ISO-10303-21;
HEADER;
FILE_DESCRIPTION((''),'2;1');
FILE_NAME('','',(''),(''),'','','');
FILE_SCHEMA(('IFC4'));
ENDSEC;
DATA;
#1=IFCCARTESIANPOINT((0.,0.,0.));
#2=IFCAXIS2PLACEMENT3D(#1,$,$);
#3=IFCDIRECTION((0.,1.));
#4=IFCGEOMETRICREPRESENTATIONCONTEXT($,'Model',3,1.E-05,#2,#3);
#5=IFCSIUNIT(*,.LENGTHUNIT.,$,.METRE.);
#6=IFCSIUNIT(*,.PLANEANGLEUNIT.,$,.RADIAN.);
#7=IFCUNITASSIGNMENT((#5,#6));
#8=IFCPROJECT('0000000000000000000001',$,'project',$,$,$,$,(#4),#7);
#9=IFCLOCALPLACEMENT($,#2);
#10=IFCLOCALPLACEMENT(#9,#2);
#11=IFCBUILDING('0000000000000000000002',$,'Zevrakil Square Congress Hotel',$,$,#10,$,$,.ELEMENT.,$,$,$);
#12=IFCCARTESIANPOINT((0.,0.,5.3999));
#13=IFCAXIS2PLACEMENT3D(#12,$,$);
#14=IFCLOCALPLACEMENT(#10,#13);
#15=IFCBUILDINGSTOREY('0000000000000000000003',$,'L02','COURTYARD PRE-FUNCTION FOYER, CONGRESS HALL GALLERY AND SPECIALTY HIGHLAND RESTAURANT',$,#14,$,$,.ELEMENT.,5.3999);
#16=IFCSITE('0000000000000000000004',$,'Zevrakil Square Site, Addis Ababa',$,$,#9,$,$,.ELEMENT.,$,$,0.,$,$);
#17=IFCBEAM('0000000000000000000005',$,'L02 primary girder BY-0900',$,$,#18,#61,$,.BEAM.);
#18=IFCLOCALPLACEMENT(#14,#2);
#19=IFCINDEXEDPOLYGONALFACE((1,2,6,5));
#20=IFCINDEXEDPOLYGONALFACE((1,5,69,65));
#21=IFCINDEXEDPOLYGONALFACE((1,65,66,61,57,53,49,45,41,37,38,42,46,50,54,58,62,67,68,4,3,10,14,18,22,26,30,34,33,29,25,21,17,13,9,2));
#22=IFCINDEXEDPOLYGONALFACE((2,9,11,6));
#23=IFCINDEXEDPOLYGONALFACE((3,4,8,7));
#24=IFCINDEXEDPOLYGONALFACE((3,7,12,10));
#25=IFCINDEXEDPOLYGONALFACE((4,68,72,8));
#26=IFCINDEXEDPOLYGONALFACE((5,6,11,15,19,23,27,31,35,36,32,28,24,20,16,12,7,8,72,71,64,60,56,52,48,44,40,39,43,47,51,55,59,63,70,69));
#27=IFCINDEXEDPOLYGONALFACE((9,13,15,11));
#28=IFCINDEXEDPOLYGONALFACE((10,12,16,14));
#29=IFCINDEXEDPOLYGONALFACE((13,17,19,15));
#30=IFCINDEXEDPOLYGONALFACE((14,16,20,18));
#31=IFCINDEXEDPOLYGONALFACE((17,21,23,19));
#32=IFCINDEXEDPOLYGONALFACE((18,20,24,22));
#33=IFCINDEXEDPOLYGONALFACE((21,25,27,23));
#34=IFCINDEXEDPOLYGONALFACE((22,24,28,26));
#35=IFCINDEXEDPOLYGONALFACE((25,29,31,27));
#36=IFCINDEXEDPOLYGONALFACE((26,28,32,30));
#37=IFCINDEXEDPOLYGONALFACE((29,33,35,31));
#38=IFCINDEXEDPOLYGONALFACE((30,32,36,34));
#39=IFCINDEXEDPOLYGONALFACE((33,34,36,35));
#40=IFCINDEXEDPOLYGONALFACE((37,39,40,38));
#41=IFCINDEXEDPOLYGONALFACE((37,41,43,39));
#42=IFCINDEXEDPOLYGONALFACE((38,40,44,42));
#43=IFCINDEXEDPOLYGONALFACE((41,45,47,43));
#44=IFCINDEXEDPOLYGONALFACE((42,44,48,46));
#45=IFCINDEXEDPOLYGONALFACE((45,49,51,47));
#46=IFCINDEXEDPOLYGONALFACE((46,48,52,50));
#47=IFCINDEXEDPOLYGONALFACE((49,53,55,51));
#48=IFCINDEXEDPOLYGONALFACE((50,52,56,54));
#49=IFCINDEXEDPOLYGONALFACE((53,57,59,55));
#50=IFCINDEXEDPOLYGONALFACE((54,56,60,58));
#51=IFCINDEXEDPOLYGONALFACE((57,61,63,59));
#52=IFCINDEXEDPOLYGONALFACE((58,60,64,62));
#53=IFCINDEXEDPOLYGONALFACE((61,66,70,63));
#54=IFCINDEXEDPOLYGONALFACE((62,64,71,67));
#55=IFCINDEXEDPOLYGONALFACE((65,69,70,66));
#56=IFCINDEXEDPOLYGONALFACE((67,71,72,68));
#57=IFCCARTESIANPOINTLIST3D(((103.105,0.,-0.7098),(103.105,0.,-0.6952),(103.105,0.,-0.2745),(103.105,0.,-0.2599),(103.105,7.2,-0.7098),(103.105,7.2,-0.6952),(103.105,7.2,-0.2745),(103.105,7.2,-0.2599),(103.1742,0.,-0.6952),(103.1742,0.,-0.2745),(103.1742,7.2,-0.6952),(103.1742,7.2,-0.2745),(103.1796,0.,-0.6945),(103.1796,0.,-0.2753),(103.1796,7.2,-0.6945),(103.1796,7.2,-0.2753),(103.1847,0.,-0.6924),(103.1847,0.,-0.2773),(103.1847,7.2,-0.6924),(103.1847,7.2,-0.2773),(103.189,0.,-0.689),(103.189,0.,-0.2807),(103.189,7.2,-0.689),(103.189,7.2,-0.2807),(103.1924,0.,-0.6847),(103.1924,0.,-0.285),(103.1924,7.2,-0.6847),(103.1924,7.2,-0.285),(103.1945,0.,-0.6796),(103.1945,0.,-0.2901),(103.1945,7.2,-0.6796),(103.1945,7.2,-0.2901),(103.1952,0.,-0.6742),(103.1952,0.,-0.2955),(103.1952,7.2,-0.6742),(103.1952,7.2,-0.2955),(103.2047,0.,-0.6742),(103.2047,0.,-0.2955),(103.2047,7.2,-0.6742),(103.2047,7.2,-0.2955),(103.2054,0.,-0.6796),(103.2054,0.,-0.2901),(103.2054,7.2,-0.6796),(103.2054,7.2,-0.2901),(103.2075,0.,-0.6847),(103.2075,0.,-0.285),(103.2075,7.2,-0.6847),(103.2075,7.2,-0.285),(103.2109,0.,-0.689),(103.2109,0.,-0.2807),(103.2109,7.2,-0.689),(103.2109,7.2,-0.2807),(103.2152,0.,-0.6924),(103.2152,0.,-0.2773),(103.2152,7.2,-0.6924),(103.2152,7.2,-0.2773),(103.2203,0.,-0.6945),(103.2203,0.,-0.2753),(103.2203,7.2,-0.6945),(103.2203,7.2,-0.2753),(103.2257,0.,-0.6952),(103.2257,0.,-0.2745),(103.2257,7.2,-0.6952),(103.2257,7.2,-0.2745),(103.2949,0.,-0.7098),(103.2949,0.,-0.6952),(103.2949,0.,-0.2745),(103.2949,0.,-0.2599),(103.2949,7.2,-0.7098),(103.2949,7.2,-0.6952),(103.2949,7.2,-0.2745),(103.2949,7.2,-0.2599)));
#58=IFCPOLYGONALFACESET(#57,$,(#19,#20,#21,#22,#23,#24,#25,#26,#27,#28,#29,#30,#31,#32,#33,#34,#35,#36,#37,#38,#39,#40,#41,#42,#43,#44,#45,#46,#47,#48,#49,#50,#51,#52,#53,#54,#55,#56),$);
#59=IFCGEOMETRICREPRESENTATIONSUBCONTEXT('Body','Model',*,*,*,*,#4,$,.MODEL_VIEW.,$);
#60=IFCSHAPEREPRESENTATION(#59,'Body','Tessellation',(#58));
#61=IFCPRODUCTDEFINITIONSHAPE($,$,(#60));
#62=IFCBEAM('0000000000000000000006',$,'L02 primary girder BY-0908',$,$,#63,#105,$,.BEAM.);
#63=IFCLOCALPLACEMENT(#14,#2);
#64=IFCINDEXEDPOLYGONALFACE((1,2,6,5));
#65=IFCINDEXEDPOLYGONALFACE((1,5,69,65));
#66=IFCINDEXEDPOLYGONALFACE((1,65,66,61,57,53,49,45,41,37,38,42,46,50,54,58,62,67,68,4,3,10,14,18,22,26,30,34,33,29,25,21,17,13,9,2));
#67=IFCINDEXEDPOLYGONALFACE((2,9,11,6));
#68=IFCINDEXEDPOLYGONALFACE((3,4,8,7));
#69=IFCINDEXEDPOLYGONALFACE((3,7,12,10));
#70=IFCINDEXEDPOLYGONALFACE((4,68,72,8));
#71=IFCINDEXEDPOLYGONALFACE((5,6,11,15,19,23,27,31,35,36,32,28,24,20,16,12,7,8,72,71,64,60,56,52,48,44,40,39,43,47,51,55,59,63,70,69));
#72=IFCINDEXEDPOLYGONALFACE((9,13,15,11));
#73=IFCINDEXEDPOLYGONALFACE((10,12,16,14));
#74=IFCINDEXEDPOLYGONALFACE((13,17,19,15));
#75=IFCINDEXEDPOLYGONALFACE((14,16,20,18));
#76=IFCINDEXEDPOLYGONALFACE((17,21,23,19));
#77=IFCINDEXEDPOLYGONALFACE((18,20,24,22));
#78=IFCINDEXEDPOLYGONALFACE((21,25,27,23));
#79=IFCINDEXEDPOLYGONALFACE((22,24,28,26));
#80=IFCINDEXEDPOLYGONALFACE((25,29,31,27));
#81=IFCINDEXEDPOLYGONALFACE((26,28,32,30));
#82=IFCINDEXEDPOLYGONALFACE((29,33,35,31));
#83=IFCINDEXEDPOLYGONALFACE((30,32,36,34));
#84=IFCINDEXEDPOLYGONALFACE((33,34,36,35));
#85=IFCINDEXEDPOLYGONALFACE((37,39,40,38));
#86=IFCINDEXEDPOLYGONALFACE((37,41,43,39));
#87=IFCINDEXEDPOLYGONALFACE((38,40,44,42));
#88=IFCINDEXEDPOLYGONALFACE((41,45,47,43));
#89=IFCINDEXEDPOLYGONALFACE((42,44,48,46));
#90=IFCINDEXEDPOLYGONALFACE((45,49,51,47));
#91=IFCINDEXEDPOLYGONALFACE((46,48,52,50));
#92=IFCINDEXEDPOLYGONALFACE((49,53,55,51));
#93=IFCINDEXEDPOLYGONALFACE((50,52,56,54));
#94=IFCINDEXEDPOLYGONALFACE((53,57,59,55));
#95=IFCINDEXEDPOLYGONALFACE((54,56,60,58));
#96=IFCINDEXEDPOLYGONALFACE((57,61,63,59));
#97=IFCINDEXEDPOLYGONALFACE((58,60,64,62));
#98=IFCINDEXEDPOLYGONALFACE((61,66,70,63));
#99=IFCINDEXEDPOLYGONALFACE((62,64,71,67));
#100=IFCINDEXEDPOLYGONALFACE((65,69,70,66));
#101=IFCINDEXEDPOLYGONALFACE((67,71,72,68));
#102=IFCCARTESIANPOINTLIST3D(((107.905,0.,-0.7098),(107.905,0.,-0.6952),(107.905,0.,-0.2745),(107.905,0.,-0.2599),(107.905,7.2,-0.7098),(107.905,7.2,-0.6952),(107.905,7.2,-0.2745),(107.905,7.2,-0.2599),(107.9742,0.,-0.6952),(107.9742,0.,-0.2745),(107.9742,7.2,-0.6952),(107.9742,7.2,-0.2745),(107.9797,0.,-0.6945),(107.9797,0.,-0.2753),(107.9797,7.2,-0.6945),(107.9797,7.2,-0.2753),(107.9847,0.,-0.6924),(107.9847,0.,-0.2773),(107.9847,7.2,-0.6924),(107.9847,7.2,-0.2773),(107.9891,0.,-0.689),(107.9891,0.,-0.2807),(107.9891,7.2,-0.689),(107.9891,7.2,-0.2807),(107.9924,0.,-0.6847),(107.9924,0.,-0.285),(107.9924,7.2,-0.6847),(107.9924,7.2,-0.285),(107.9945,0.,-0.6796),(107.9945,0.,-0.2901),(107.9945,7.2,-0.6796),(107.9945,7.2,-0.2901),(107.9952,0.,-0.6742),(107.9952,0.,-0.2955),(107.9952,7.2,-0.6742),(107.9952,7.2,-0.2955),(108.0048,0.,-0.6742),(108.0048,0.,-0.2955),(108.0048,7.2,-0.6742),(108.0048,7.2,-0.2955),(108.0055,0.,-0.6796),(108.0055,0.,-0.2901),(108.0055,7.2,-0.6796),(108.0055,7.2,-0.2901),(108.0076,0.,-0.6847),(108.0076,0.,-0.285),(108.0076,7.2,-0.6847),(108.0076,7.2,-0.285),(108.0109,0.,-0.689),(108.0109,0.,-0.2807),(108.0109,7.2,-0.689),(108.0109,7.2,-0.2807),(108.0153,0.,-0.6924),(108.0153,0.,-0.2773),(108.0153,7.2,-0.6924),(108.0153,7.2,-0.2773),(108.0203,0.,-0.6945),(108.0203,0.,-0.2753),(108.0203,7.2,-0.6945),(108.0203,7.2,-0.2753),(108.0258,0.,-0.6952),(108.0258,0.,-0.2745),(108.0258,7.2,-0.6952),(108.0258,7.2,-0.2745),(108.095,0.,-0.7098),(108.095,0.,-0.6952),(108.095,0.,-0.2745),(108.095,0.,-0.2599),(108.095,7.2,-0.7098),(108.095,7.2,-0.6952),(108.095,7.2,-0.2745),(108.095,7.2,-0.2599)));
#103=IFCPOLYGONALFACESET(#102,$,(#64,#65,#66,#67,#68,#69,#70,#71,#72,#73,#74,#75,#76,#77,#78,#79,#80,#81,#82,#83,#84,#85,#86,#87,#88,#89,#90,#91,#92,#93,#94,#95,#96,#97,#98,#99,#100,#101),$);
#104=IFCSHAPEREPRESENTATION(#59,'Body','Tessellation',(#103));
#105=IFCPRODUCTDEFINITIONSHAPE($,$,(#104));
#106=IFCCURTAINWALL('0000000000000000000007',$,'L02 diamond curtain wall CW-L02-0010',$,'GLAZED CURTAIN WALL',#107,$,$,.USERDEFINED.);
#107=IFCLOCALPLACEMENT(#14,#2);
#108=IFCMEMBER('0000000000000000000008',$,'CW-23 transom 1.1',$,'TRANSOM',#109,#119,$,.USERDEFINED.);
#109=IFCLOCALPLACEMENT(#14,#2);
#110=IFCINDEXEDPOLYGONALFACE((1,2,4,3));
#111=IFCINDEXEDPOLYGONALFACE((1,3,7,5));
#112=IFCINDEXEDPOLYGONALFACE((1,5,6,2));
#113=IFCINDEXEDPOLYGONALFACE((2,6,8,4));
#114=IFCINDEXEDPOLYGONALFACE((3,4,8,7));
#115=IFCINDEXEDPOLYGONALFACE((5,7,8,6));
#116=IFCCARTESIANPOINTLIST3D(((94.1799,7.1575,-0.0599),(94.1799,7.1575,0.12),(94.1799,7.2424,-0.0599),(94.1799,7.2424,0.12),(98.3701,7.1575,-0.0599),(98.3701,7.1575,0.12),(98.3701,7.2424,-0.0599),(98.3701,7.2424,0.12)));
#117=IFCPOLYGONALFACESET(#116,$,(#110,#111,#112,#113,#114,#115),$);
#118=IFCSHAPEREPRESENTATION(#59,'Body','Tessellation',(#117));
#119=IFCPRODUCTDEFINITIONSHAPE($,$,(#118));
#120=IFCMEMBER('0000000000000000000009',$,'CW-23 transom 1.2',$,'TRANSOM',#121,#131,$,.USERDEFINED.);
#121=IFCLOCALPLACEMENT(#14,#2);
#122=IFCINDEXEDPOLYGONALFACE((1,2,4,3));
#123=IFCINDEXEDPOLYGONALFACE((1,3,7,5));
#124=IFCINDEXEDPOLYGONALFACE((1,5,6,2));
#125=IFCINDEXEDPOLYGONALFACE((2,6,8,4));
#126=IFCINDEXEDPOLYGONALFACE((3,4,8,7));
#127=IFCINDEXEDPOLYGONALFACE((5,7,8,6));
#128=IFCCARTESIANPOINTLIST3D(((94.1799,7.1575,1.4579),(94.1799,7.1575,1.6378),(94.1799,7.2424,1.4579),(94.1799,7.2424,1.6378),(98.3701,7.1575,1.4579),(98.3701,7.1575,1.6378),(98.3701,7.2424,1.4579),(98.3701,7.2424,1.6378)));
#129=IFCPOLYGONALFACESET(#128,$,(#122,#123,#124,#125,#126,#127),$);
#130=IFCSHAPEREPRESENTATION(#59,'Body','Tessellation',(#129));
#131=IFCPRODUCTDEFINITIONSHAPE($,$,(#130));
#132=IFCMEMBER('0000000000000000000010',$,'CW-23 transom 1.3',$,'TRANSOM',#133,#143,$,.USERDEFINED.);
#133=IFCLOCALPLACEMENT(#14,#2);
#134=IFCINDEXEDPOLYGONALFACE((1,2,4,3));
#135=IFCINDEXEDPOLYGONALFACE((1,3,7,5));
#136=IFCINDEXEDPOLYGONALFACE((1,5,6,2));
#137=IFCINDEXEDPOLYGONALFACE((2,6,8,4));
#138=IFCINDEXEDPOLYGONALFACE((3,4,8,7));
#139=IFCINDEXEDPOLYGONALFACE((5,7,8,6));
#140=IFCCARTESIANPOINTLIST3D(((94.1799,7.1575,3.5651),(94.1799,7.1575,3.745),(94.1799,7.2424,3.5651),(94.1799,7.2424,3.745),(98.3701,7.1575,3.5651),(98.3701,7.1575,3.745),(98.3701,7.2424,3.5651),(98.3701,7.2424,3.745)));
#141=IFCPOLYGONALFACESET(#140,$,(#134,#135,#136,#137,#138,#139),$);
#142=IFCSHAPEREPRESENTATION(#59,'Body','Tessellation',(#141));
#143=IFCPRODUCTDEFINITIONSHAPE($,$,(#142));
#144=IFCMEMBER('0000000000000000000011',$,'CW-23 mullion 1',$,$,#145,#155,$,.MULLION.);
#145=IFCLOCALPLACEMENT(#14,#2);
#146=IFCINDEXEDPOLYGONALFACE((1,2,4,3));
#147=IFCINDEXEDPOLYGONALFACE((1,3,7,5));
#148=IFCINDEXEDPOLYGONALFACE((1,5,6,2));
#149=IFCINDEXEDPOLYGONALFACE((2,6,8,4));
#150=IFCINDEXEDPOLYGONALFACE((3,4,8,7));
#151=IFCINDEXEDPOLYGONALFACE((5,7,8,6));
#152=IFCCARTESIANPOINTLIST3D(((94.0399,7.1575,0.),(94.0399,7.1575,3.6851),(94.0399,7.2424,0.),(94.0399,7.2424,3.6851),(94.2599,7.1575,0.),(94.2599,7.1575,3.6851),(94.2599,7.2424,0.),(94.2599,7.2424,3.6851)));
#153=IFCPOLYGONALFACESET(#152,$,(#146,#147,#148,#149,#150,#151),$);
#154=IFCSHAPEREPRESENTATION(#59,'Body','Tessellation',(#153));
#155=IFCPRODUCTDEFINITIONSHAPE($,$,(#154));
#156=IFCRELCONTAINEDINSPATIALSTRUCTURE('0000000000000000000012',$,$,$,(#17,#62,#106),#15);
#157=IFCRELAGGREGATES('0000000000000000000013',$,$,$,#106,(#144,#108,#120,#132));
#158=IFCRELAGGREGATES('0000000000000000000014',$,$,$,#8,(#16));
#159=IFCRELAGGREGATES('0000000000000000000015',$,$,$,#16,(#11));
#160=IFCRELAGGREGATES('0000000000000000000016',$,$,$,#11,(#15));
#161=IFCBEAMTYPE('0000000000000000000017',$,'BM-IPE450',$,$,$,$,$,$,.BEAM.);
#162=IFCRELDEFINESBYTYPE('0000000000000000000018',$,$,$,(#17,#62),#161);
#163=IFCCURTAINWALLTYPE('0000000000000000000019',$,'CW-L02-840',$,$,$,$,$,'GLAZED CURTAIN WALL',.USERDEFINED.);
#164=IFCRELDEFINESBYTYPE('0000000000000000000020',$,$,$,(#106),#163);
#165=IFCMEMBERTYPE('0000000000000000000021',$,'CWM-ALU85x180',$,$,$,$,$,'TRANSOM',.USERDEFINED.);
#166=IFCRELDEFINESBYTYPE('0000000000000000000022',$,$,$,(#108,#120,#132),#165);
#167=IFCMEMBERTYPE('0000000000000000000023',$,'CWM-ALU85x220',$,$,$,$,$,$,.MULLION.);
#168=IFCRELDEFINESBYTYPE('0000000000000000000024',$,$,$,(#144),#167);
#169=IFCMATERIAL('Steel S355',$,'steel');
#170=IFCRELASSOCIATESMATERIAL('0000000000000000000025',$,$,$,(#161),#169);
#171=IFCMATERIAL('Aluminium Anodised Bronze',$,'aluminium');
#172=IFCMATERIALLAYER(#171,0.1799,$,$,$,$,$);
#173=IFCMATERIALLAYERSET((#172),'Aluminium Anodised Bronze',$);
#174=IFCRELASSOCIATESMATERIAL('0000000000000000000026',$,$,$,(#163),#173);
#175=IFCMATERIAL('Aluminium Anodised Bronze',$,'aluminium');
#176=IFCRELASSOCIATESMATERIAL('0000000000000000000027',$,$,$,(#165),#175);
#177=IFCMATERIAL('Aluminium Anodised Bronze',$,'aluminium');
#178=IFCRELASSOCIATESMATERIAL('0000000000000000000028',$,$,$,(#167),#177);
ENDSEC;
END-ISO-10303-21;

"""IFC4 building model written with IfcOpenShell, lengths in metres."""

from ifc_helpers import new_model, si_unit, direction, frame, origin, origin_2d, place, context, subcontext, project, spatial, rectangle, i_section, extrude, material, layer, layer_set, material_profile, profile_set, type_object, element, aggregate, save


model = new_model("IFC4")

# Units and contexts
model_context = context("Model", 3, precision=1e-05, world=origin(), true_north=direction((0.0, 1.0)))
body_context = subcontext(model_context, "Body", "Model", "MODEL_VIEW")
ifc_project = project(units=[si_unit("LENGTHUNIT", "METRE"), si_unit("PLANEANGLEUNIT", "RADIAN")], contexts=[model_context])

# Site, building, storey
site_placement = place(None, origin())
site = spatial("IfcSite", under=ifc_project, at=site_placement, Name="Zevrakil Square Site, Addis Ababa", CompositionType="ELEMENT", RefElevation=0.0)
building_placement = place(site_placement, origin())
building = spatial("IfcBuilding", under=site, at=building_placement, Name="Zevrakil Square Congress Hotel", CompositionType="ELEMENT")
storey_placement = place(building_placement, frame((0.0, 0.0, 5.3999)))
storey = spatial("IfcBuildingStorey", under=building, at=storey_placement, Name="L02", Description="COURTYARD PRE-FUNCTION FOYER, CONGRESS HALL GALLERY AND SPECIALTY HIGHLAND RESTAURANT", CompositionType="ELEMENT", Elevation=5.3999)

# Beams
ifc_material_1 = material(Name="Steel S355", Category="steel")
ifc_material_profile_1 = material_profile(ifc_material_1, i_section(OverallWidth=0.1899, OverallDepth=0.45, WebThickness=0.0095, FlangeThickness=0.0146, FilletRadius=0.021, at=origin_2d()), Name="IPE 450")
ifc_profile_set_1 = profile_set([ifc_material_profile_1], Name="Steel S355")
beam_type_1 = type_object("IfcBeamType", Name="BM-IPE450", PredefinedType="BEAM", material=ifc_profile_set_1)
for number, where, z_axis, x_axis, name in (
    (1, (103.2, 0.0, -0.4849), (0.0, 1.0, 0.0), (-1.0, 0.0, 0.0), "L02 primary girder BY-0900"),
    (2, (108.0, 0.0, -0.4849), (0.0, 1.0, 0.0), (-1.0, 0.0, 0.0), "L02 primary girder BY-0908"),
):
    element("IfcBeam", number, at=place(storey_placement, frame(where, z_axis=z_axis, x_axis=x_axis)), inside=storey, type_object=beam_type_1, Name=name, PredefinedType="BEAM", context=body_context, shape_type="SweptSolid", body=[
        extrude(i_section(OverallWidth=0.1899, OverallDepth=0.45, WebThickness=0.0095, FlangeThickness=0.0146, FilletRadius=0.021, at=origin_2d()), origin(), (0.0, 0.0, 1.0), 7.2),
    ])

# Curtain wall, members
ifc_material_2 = material(Name="Aluminium Anodised Bronze", Category="aluminium")
ifc_layer_1 = layer(ifc_material_2, 0.1799)
ifc_layer_set_1 = layer_set([ifc_layer_1], Name="Aluminium Anodised Bronze")
curtain_wall_type = type_object("IfcCurtainWallType", Name="CW-L02-840", ElementType="GLAZED CURTAIN WALL", PredefinedType="USERDEFINED", material=ifc_layer_set_1)
curtain_wall_placement = place(storey_placement, origin())
curtain_wall = element("IfcCurtainWall", 3, at=curtain_wall_placement, inside=storey, type_object=curtain_wall_type, Name="L02 diamond curtain wall CW-L02-0010", ObjectType="GLAZED CURTAIN WALL", PredefinedType="USERDEFINED")
ifc_material_3 = material(Name="Aluminium Anodised Bronze", Category="aluminium")
ifc_material_profile_2 = material_profile(ifc_material_3, rectangle(XDim=0.085, YDim=0.1799, at=origin_2d()), Name="ALU 85x180")
ifc_profile_set_2 = profile_set([ifc_material_profile_2], Name="Aluminium Anodised Bronze")
member_type_1 = type_object("IfcMemberType", Name="CWM-ALU85x180", ElementType="TRANSOM", PredefinedType="USERDEFINED", material=ifc_profile_set_2)
member_1_placement = place(storey_placement, frame((94.1799, 7.2, 0.03), z_axis=(1.0, 0.0, 0.0), x_axis=(0.0, 1.0, 0.0)))
member_1 = element("IfcMember", 4, at=member_1_placement, type_object=member_type_1, Name="CW-23 transom 1.1", ObjectType="TRANSOM", PredefinedType="USERDEFINED", context=body_context, shape_type="SweptSolid", body=[
    extrude(rectangle(XDim=0.085, YDim=0.1799, at=origin_2d()), origin(), (0.0, 0.0, 1.0), 4.1902),
])
member_2_placement = place(storey_placement, frame((94.1799, 7.2, 1.5479), z_axis=(1.0, 0.0, 0.0), x_axis=(0.0, 1.0, 0.0)))
member_2 = element("IfcMember", 5, at=member_2_placement, type_object=member_type_1, Name="CW-23 transom 1.2", ObjectType="TRANSOM", PredefinedType="USERDEFINED", context=body_context, shape_type="SweptSolid", body=[
    extrude(rectangle(XDim=0.085, YDim=0.1799, at=origin_2d()), origin(), (0.0, 0.0, 1.0), 4.1902),
])
member_3_placement = place(storey_placement, frame((94.1799, 7.2, 3.655), z_axis=(1.0, 0.0, 0.0), x_axis=(0.0, 1.0, 0.0)))
member_3 = element("IfcMember", 6, at=member_3_placement, type_object=member_type_1, Name="CW-23 transom 1.3", ObjectType="TRANSOM", PredefinedType="USERDEFINED", context=body_context, shape_type="SweptSolid", body=[
    extrude(rectangle(XDim=0.085, YDim=0.1799, at=origin_2d()), origin(), (0.0, 0.0, 1.0), 4.1902),
])
ifc_material_4 = material(Name="Aluminium Anodised Bronze", Category="aluminium")
ifc_material_profile_3 = material_profile(ifc_material_4, rectangle(XDim=0.085, YDim=0.22, at=origin_2d()), Name="ALU 85x220")
ifc_profile_set_3 = profile_set([ifc_material_profile_3], Name="Aluminium Anodised Bronze")
member_type_2 = type_object("IfcMemberType", Name="CWM-ALU85x220", PredefinedType="MULLION", material=ifc_profile_set_3)
member_4_placement = place(storey_placement, frame((94.1499, 7.2, 0.0), z_axis=(0.0, 0.0, 1.0), x_axis=(0.0, 1.0, 0.0)))
member_4 = element("IfcMember", 7, at=member_4_placement, type_object=member_type_2, Name="CW-23 mullion 1", PredefinedType="MULLION", context=body_context, shape_type="SweptSolid", body=[
    extrude(rectangle(XDim=0.085, YDim=0.22, at=origin_2d()), origin(), (0.0, 0.0, 1.0), 3.6851),
])
aggregate(curtain_wall, [member_4, member_1, member_2, member_3])

save(model, "model.ifc")
